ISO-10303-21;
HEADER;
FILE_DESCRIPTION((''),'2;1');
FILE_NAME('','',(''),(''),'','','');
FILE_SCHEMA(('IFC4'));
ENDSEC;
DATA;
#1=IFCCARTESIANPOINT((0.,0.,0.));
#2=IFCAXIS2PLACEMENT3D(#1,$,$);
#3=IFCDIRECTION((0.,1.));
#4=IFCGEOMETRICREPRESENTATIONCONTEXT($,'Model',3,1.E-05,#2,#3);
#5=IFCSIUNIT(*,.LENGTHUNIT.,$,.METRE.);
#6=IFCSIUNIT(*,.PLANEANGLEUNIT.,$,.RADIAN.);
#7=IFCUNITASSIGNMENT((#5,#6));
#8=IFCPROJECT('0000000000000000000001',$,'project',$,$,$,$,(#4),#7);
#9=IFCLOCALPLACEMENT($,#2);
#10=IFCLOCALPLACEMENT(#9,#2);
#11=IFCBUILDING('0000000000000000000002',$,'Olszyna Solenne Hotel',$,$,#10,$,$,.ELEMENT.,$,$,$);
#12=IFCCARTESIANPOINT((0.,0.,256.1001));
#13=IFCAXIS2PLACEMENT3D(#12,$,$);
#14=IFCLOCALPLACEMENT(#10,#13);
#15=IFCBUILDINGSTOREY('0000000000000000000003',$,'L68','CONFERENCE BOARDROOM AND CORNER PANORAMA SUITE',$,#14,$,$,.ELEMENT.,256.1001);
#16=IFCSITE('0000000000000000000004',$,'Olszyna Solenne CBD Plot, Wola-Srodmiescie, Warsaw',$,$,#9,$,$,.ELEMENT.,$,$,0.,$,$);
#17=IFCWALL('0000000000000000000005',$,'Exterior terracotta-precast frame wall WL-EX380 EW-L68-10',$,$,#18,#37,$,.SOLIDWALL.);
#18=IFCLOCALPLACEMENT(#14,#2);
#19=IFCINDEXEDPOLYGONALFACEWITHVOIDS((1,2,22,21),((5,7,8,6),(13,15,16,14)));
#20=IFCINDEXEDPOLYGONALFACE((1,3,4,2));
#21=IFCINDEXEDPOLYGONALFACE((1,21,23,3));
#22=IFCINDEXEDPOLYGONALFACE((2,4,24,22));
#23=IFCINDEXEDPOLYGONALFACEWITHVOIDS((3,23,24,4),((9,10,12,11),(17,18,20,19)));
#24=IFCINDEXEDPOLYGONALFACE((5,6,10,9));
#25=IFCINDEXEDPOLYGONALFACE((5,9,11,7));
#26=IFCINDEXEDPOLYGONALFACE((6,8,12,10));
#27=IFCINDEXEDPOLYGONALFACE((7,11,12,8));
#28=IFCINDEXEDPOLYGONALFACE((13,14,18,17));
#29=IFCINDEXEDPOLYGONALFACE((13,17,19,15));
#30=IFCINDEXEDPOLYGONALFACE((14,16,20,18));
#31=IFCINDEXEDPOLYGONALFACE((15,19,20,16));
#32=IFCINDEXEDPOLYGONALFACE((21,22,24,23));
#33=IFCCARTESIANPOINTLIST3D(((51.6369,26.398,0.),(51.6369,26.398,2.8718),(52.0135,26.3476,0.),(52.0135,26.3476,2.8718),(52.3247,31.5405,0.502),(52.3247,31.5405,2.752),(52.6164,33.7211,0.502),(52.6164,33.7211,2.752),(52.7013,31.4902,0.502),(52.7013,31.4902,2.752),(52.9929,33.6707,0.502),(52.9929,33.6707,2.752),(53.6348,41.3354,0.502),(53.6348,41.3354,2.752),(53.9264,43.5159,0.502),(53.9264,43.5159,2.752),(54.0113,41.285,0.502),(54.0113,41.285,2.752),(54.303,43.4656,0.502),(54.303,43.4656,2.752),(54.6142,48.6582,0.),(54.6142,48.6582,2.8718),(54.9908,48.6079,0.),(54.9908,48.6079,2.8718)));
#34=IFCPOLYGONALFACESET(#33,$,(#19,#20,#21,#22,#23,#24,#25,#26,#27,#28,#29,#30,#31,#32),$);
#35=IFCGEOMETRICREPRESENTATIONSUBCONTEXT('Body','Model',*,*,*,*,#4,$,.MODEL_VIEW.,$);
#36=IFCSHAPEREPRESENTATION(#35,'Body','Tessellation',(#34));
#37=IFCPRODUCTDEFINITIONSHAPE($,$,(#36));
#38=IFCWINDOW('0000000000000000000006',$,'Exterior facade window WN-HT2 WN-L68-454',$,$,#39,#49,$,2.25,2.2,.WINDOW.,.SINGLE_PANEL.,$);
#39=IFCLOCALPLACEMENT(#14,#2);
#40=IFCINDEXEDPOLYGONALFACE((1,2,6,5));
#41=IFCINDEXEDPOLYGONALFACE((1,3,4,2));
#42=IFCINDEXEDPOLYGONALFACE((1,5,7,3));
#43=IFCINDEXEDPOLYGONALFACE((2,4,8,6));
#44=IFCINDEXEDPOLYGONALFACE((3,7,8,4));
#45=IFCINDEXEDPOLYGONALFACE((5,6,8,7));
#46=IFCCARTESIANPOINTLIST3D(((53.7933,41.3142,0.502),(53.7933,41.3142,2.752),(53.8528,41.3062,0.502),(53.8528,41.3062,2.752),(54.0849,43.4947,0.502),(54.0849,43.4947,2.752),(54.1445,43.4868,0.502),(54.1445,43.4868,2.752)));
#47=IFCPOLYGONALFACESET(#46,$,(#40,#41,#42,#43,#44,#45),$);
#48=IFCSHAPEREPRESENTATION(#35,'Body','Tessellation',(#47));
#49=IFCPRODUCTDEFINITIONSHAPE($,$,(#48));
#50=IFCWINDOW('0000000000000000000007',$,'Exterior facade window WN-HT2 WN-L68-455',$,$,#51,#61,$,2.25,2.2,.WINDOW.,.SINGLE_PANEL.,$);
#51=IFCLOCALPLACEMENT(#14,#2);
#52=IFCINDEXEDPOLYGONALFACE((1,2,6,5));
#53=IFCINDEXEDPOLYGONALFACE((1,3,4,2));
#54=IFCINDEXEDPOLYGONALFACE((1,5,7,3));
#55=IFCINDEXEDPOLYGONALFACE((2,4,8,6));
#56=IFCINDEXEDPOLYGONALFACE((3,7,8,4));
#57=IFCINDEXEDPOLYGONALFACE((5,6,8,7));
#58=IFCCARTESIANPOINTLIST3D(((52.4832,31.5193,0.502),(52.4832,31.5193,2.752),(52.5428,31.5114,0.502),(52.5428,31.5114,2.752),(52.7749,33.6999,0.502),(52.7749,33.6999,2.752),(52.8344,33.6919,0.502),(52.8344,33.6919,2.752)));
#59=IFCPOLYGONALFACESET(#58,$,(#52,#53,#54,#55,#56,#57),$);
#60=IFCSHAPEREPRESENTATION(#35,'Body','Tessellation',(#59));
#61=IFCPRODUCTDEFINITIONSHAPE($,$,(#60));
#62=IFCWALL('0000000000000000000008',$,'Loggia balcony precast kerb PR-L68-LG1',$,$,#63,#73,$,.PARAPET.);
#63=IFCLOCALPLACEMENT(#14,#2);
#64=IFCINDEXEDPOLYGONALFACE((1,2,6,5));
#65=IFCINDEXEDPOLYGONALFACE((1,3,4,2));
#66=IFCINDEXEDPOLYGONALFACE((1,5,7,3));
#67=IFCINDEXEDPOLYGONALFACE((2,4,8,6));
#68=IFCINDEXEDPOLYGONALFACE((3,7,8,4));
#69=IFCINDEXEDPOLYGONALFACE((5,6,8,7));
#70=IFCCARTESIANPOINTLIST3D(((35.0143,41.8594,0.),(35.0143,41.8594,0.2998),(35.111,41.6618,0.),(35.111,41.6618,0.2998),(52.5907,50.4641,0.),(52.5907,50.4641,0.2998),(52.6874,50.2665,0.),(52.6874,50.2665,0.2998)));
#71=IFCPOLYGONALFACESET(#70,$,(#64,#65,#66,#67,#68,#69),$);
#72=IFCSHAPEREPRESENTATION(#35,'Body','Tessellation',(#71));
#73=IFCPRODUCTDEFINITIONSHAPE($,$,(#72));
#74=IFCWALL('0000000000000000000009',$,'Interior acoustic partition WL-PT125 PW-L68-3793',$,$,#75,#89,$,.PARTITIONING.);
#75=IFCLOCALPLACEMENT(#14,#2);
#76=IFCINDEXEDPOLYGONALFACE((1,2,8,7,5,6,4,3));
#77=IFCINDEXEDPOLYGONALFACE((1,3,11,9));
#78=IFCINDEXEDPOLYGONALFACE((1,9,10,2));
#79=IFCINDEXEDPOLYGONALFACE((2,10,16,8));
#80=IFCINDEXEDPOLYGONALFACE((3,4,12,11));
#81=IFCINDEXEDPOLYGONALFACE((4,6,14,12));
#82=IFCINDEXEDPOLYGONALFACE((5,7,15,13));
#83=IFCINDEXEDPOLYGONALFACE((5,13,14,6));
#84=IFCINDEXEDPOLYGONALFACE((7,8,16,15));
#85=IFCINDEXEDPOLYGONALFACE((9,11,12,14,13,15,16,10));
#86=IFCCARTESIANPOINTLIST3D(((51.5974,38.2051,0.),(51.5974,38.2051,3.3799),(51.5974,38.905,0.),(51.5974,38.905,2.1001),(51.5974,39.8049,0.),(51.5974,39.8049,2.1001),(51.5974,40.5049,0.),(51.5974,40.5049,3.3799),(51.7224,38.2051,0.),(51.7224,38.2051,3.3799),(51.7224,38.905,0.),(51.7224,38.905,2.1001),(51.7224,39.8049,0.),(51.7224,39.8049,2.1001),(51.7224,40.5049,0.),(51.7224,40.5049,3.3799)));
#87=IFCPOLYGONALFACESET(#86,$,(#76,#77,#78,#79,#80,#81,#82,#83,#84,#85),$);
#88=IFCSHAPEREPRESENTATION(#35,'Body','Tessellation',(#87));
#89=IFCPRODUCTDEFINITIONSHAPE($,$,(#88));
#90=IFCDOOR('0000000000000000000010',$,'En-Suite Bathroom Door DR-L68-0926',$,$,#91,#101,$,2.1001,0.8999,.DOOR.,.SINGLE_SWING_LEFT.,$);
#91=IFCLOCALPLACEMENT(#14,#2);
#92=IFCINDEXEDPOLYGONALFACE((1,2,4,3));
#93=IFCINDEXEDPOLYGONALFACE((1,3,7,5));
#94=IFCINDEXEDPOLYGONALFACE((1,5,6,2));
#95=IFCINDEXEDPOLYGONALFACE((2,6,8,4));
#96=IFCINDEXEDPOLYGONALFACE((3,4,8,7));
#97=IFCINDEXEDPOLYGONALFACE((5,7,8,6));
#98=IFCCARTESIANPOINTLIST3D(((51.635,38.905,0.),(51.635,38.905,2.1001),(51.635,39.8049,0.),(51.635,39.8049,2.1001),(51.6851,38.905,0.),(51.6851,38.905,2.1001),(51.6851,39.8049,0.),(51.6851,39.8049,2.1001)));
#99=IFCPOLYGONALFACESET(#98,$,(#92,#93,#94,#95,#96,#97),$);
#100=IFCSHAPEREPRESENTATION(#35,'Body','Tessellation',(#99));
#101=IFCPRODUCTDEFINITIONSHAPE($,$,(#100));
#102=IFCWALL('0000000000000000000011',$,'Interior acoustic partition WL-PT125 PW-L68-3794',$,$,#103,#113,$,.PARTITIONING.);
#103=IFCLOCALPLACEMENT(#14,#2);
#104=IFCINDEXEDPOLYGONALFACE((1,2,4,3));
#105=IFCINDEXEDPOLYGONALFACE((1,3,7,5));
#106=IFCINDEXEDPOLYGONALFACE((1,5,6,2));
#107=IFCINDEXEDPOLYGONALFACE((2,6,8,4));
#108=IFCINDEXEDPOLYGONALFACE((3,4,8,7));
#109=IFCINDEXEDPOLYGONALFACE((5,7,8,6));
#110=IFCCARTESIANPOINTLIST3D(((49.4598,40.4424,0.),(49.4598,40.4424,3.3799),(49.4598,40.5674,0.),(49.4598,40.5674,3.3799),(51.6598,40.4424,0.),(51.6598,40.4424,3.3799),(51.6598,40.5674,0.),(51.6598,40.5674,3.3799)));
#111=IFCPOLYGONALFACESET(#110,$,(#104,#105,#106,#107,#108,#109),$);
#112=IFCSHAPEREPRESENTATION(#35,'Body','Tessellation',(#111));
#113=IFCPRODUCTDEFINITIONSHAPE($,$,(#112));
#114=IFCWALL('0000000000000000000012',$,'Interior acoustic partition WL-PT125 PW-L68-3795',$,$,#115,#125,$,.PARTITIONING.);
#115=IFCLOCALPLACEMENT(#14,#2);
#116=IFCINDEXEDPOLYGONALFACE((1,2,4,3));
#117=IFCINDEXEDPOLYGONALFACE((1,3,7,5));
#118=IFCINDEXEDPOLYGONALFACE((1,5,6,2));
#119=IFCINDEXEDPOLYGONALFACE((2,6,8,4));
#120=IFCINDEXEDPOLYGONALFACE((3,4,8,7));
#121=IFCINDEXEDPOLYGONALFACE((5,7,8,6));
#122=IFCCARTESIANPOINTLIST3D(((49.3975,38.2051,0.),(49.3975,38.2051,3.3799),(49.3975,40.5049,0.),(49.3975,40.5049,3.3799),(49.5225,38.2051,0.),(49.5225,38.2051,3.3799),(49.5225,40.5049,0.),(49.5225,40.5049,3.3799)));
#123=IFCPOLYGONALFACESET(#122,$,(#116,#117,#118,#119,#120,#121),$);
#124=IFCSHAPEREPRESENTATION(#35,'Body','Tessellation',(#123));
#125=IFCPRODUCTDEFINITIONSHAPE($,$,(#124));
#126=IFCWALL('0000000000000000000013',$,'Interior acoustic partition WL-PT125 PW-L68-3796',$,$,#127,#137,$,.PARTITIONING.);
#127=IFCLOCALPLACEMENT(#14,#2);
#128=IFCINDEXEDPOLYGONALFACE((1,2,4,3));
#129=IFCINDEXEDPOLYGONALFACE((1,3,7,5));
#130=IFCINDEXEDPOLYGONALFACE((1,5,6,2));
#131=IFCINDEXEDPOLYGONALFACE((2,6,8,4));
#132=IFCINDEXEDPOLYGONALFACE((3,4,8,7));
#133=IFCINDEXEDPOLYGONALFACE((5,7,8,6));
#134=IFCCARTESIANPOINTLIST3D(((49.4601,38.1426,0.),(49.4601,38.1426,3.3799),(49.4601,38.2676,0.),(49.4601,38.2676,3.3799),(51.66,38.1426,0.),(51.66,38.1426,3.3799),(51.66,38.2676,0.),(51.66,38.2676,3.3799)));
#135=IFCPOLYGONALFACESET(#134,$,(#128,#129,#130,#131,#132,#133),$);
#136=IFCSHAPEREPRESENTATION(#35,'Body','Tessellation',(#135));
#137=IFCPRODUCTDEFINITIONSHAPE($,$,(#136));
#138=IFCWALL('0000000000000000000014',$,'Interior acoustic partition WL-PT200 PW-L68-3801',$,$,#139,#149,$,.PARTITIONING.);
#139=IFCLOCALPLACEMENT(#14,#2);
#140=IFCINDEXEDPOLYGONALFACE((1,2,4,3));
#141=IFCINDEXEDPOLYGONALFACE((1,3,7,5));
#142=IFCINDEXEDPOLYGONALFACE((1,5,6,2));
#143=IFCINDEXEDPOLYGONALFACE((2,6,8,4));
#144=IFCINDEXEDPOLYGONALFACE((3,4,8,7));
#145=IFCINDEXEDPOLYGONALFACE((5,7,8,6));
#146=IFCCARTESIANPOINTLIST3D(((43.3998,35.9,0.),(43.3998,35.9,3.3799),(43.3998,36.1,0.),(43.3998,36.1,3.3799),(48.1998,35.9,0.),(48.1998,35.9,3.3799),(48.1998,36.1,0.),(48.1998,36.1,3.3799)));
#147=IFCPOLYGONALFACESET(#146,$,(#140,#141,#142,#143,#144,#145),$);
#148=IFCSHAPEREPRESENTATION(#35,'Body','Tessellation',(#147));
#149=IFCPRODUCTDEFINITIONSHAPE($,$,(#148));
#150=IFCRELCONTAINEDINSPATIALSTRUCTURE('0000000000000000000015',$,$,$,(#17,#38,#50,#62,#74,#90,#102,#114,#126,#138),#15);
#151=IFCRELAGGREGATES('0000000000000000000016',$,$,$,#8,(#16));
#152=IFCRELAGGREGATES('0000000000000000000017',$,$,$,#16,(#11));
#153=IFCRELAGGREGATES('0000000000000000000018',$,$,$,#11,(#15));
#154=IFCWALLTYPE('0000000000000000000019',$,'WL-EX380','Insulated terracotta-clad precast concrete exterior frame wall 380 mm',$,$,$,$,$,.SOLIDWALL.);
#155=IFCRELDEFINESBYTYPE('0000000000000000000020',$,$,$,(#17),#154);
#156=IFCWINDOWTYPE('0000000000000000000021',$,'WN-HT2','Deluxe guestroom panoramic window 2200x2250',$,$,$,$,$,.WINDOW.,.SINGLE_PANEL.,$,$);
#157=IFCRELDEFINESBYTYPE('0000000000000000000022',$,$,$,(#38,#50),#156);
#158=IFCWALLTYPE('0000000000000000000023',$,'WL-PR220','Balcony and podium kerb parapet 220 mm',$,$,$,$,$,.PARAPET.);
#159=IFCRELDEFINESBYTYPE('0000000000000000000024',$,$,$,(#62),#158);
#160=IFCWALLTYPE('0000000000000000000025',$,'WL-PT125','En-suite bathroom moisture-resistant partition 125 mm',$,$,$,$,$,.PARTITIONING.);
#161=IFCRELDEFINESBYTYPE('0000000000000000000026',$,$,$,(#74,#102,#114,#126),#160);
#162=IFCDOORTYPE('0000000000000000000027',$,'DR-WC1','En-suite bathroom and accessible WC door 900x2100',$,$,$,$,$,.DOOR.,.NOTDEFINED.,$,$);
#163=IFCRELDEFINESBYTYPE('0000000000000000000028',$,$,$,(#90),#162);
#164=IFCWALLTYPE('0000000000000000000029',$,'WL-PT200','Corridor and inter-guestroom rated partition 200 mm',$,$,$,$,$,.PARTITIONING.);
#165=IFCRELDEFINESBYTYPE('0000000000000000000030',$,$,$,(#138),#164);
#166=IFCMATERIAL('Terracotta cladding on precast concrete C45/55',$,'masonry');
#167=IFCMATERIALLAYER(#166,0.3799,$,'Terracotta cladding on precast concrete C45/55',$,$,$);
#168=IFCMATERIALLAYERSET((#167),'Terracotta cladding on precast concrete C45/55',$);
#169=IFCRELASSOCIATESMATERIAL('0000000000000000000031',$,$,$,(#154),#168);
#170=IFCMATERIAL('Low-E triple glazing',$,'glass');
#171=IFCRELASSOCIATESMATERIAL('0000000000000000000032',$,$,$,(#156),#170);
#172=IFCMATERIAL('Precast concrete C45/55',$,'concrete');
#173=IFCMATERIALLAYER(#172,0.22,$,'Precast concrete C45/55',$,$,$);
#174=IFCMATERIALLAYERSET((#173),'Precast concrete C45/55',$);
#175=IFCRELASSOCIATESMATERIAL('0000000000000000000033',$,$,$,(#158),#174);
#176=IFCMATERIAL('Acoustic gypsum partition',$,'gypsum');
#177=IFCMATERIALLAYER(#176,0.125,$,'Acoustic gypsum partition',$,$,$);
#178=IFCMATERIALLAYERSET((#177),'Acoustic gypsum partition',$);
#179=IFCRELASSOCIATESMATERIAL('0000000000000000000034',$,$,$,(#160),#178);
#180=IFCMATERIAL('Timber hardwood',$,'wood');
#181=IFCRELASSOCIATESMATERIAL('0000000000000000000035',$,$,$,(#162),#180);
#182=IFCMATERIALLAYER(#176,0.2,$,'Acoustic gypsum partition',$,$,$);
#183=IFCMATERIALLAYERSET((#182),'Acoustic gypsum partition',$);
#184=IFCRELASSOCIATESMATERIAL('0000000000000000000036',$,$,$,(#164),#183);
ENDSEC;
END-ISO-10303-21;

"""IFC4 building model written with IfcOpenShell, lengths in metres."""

from ifc_helpers import new_model, si_unit, direction, frame, frame_2d, origin, place, context, subcontext, project, spatial, rectangle, extrude, source, transform, mapped, material, layer, layer_set, type_object, type_shapes, element, fill, save


model = new_model("IFC4")

# Units and contexts
model_context = context("Model", 3, precision=1e-05, world=origin(), true_north=direction((0.0, 1.0)))
body_context = subcontext(model_context, "Body", "Model", "MODEL_VIEW")
ifc_project = project(units=[si_unit("LENGTHUNIT", "METRE"), si_unit("PLANEANGLEUNIT", "RADIAN")], contexts=[model_context])

# Site, building, storey
site_placement = place(None, origin())
site = spatial("IfcSite", under=ifc_project, at=site_placement, Name="Olszyna Solenne CBD Plot, Wola-Srodmiescie, Warsaw", CompositionType="ELEMENT", RefElevation=0.0)
building_placement = place(site_placement, origin())
building = spatial("IfcBuilding", under=site, at=building_placement, Name="Olszyna Solenne Hotel", CompositionType="ELEMENT")
storey_placement = place(building_placement, frame((0.0, 0.0, 256.1001)))
storey = spatial("IfcBuildingStorey", under=building, at=storey_placement, Name="L68", Description="CONFERENCE BOARDROOM AND CORNER PANORAMA SUITE", CompositionType="ELEMENT", Elevation=256.1001)

# Shared definitions
ifc_material_1 = material(Name="Terracotta cladding on precast concrete C45/55", Category="masonry")
ifc_layer_1 = layer(ifc_material_1, 0.3799, Name="Terracotta cladding on precast concrete C45/55")
ifc_layer_set_1 = layer_set([ifc_layer_1], Name="Terracotta cladding on precast concrete C45/55")
wall_type_1 = type_object("IfcWallType", Name="WL-EX380", Description="Insulated terracotta-clad precast concrete exterior frame wall 380 mm", PredefinedType="SOLIDWALL", material=ifc_layer_set_1)

# Wall, openings, windows
wall_1_placement = place(storey_placement, frame((54.8025, 48.6331, 0.0), z_axis=(0.0, 0.0, 1.0), x_axis=(-0.132569, -0.991174, 0.0)))
wall_1 = element("IfcWall", 1, at=wall_1_placement, inside=storey, type_object=wall_type_1, Name="Exterior terracotta-precast frame wall WL-EX380 EW-L68-10", PredefinedType="SOLIDWALL", context=body_context, shape_type="SweptSolid", body=[
    extrude(rectangle(XDim=22.4585, YDim=0.3799, at=frame_2d((11.2292, 0.0))), origin(), (0.0, 0.0, 1.0), 2.8718),
])
opening_1_placement = place(wall_1_placement, frame((5.188, 0.0, 0.502)))
opening_1 = element("IfcOpeningElement", 2, at=opening_1_placement, cuts=wall_1, PredefinedType="OPENING", context=body_context, shape_type="SweptSolid", body=[
    extrude(rectangle(XDim=2.2, YDim=2.25, at=frame_2d((1.1001, 1.125))), frame((0.0, 0.2, 0.0), z_axis=(0.0, -1.0, 0.0), x_axis=(1.0, 0.0, 0.0)), (0.0, 0.0, 1.0), 0.3999),
])
opening_2_placement = place(wall_1_placement, frame((15.0701, 0.0, 0.502)))
opening_2 = element("IfcOpeningElement", 3, at=opening_2_placement, cuts=wall_1, PredefinedType="OPENING", context=body_context, shape_type="SweptSolid", body=[
    extrude(rectangle(XDim=2.2, YDim=2.25, at=frame_2d((1.1001, 1.125))), frame((0.0, 0.2, 0.0), z_axis=(0.0, -1.0, 0.0), x_axis=(1.0, 0.0, 0.0)), (0.0, 0.0, 1.0), 0.3999),
])
ifc_material_2 = material(Name="Low-E triple glazing", Category="glass")
window_type = type_object("IfcWindowType", Name="WN-HT2", Description="Deluxe guestroom panoramic window 2200x2250", PartitioningType="SINGLE_PANEL", PredefinedType="WINDOW", material=ifc_material_2)
shared_shape_1 = source(origin(), body_context, "Body", "SweptSolid", [
    extrude(rectangle(XDim=2.2, YDim=2.25, at=frame_2d((1.1001, 1.125))), frame((0.0, 0.03, 0.0), z_axis=(0.0, -1.0, 0.0), x_axis=(1.0, 0.0, 0.0)), (0.0, 0.0, 1.0), 0.0601),
])
type_shapes(window_type, [shared_shape_1])
window_1_placement = place(opening_1_placement, origin())
window_1 = element("IfcWindow", 4, at=window_1_placement, inside=storey, type_object=window_type, Name="Exterior facade window WN-HT2 WN-L68-454", OverallHeight=2.25, OverallWidth=2.2, PartitioningType="SINGLE_PANEL", PredefinedType="WINDOW", context=body_context, shape_type="MappedRepresentation", body=[
    mapped(shared_shape_1, transform((0.0, 0.0, 0.0), x_axis=(1.0, 0.0, 0.0), y_axis=(0.0, 1.0, 0.0), z_axis=(0.0, 0.0, 1.0), scale=1.0)),
])
fill(opening_1, window_1)
window_2_placement = place(opening_2_placement, origin())
window_2 = element("IfcWindow", 5, at=window_2_placement, inside=storey, type_object=window_type, Name="Exterior facade window WN-HT2 WN-L68-455", OverallHeight=2.25, OverallWidth=2.2, PartitioningType="SINGLE_PANEL", PredefinedType="WINDOW", context=body_context, shape_type="MappedRepresentation", body=[
    mapped(shared_shape_1, transform((0.0, 0.0, 0.0), x_axis=(1.0, 0.0, 0.0), y_axis=(0.0, 1.0, 0.0), z_axis=(0.0, 0.0, 1.0), scale=1.0)),
])
fill(opening_2, window_2)

# Wall
ifc_material_3 = material(Name="Precast concrete C45/55", Category="concrete")
ifc_layer_2 = layer(ifc_material_3, 0.22, Name="Precast concrete C45/55")
ifc_layer_set_2 = layer_set([ifc_layer_2], Name="Precast concrete C45/55")
wall_type_2 = type_object("IfcWallType", Name="WL-PR220", Description="Balcony and podium kerb parapet 220 mm", PredefinedType="PARAPET", material=ifc_layer_set_2)
wall_2_placement = place(storey_placement, frame((52.6389, 50.3652, 0.0), z_axis=(0.0, 0.0, 1.0), x_axis=(-0.898146, -0.439698, 0.0)))
element("IfcWall", 6, at=wall_2_placement, inside=storey, type_object=wall_type_2, Name="Loggia balcony precast kerb PR-L68-LG1", PredefinedType="PARAPET", context=body_context, shape_type="SweptSolid", body=[
    extrude(rectangle(XDim=19.5696, YDim=0.22, at=frame_2d((9.7847, 0.0))), origin(), (0.0, 0.0, 1.0), 0.2998),
])

# Wall, opening, door
ifc_material_4 = material(Name="Acoustic gypsum partition", Category="gypsum")
ifc_layer_3 = layer(ifc_material_4, 0.125, Name="Acoustic gypsum partition")
ifc_layer_set_3 = layer_set([ifc_layer_3], Name="Acoustic gypsum partition")
wall_type_3 = type_object("IfcWallType", Name="WL-PT125", Description="En-suite bathroom moisture-resistant partition 125 mm", PredefinedType="PARTITIONING", material=ifc_layer_set_3)
wall_3_placement = place(storey_placement, frame((51.6599, 38.2051, 0.0), z_axis=(0.0, 0.0, 1.0), x_axis=(0.0, 1.0, 0.0)))
wall_3 = element("IfcWall", 7, at=wall_3_placement, inside=storey, type_object=wall_type_3, Name="Interior acoustic partition WL-PT125 PW-L68-3793", PredefinedType="PARTITIONING", context=body_context, shape_type="SweptSolid", body=[
    extrude(rectangle(XDim=2.2998, YDim=0.125, at=frame_2d((1.1499, 0.0))), origin(), (0.0, 0.0, 1.0), 3.3799),
])
opening_3_placement = place(wall_3_placement, frame((0.7, 0.0, 0.0)))
opening_3 = element("IfcOpeningElement", 8, at=opening_3_placement, cuts=wall_3, PredefinedType="OPENING", context=body_context, shape_type="SweptSolid", body=[
    extrude(rectangle(XDim=0.8999, YDim=2.1001, at=frame_2d((0.45, 1.05))), frame((0.0, 0.0725, 0.0), z_axis=(0.0, -1.0, 0.0), x_axis=(1.0, 0.0, 0.0)), (0.0, 0.0, 1.0), 0.145),
])
ifc_material_5 = material(Name="Timber hardwood", Category="wood")
door_type = type_object("IfcDoorType", Name="DR-WC1", Description="En-suite bathroom and accessible WC door 900x2100", OperationType="NOTDEFINED", PredefinedType="DOOR", material=ifc_material_5)
shared_shape_2 = source(origin(), body_context, "Body", "SweptSolid", [
    extrude(rectangle(XDim=0.8999, YDim=2.1001, at=frame_2d((0.45, 1.05))), frame((0.0, 0.0249, 0.0), z_axis=(0.0, -1.0, 0.0), x_axis=(1.0, 0.0, 0.0)), (0.0, 0.0, 1.0), 0.05),
])
type_shapes(door_type, [shared_shape_2])
door_placement = place(opening_3_placement, origin())
door = element("IfcDoor", 9, at=door_placement, inside=storey, type_object=door_type, Name="En-Suite Bathroom Door DR-L68-0926", OperationType="SINGLE_SWING_LEFT", OverallHeight=2.1001, OverallWidth=0.8999, PredefinedType="DOOR", context=body_context, shape_type="MappedRepresentation", body=[
    mapped(shared_shape_2, transform((0.0, 0.0, 0.0), x_axis=(1.0, 0.0, 0.0), y_axis=(0.0, 1.0, 0.0), z_axis=(0.0, 0.0, 1.0), scale=1.0)),
])
fill(opening_3, door)

# Walls
wall_4_placement = place(storey_placement, frame((51.6599, 40.5049, 0.0), z_axis=(0.0, 0.0, 1.0), x_axis=(-1.0, 0.0, 0.0)))
element("IfcWall", 10, at=wall_4_placement, inside=storey, type_object=wall_type_3, Name="Interior acoustic partition WL-PT125 PW-L68-3794", PredefinedType="PARTITIONING", context=body_context, shape_type="SweptSolid", body=[
    extrude(rectangle(XDim=2.2, YDim=0.125, at=frame_2d((1.1001, 0.0))), origin(), (0.0, 0.0, 1.0), 3.3799),
])
wall_5_placement = place(storey_placement, frame((49.46, 40.5049, 0.0), z_axis=(0.0, 0.0, 1.0), x_axis=(0.0, -1.0, 0.0)))
element("IfcWall", 11, at=wall_5_placement, inside=storey, type_object=wall_type_3, Name="Interior acoustic partition WL-PT125 PW-L68-3795", PredefinedType="PARTITIONING", context=body_context, shape_type="SweptSolid", body=[
    extrude(rectangle(XDim=2.2998, YDim=0.125, at=frame_2d((1.1499, 0.0))), origin(), (0.0, 0.0, 1.0), 3.3799),
])
wall_6_placement = place(storey_placement, frame((49.46, 38.2051, 0.0), z_axis=(0.0, 0.0, 1.0), x_axis=(1.0, 0.0, 0.0)))
element("IfcWall", 12, at=wall_6_placement, inside=storey, type_object=wall_type_3, Name="Interior acoustic partition WL-PT125 PW-L68-3796", PredefinedType="PARTITIONING", context=body_context, shape_type="SweptSolid", body=[
    extrude(rectangle(XDim=2.2, YDim=0.125, at=frame_2d((1.1001, 0.0))), origin(), (0.0, 0.0, 1.0), 3.3799),
])
ifc_layer_4 = layer(ifc_material_4, 0.2, Name="Acoustic gypsum partition")
ifc_layer_set_4 = layer_set([ifc_layer_4], Name="Acoustic gypsum partition")
wall_type_4 = type_object("IfcWallType", Name="WL-PT200", Description="Corridor and inter-guestroom rated partition 200 mm", PredefinedType="PARTITIONING", material=ifc_layer_set_4)
wall_7_placement = place(storey_placement, frame((43.3999, 36.0, 0.0), z_axis=(0.0, 0.0, 1.0), x_axis=(1.0, 0.0, 0.0)))
element("IfcWall", 13, at=wall_7_placement, inside=storey, type_object=wall_type_4, Name="Interior acoustic partition WL-PT200 PW-L68-3801", PredefinedType="PARTITIONING", context=body_context, shape_type="SweptSolid", body=[
    extrude(rectangle(XDim=4.8, YDim=0.2, at=frame_2d((2.3999, 0.0))), origin(), (0.0, 0.0, 1.0), 3.3799),
])

save(model, "model.ifc")
